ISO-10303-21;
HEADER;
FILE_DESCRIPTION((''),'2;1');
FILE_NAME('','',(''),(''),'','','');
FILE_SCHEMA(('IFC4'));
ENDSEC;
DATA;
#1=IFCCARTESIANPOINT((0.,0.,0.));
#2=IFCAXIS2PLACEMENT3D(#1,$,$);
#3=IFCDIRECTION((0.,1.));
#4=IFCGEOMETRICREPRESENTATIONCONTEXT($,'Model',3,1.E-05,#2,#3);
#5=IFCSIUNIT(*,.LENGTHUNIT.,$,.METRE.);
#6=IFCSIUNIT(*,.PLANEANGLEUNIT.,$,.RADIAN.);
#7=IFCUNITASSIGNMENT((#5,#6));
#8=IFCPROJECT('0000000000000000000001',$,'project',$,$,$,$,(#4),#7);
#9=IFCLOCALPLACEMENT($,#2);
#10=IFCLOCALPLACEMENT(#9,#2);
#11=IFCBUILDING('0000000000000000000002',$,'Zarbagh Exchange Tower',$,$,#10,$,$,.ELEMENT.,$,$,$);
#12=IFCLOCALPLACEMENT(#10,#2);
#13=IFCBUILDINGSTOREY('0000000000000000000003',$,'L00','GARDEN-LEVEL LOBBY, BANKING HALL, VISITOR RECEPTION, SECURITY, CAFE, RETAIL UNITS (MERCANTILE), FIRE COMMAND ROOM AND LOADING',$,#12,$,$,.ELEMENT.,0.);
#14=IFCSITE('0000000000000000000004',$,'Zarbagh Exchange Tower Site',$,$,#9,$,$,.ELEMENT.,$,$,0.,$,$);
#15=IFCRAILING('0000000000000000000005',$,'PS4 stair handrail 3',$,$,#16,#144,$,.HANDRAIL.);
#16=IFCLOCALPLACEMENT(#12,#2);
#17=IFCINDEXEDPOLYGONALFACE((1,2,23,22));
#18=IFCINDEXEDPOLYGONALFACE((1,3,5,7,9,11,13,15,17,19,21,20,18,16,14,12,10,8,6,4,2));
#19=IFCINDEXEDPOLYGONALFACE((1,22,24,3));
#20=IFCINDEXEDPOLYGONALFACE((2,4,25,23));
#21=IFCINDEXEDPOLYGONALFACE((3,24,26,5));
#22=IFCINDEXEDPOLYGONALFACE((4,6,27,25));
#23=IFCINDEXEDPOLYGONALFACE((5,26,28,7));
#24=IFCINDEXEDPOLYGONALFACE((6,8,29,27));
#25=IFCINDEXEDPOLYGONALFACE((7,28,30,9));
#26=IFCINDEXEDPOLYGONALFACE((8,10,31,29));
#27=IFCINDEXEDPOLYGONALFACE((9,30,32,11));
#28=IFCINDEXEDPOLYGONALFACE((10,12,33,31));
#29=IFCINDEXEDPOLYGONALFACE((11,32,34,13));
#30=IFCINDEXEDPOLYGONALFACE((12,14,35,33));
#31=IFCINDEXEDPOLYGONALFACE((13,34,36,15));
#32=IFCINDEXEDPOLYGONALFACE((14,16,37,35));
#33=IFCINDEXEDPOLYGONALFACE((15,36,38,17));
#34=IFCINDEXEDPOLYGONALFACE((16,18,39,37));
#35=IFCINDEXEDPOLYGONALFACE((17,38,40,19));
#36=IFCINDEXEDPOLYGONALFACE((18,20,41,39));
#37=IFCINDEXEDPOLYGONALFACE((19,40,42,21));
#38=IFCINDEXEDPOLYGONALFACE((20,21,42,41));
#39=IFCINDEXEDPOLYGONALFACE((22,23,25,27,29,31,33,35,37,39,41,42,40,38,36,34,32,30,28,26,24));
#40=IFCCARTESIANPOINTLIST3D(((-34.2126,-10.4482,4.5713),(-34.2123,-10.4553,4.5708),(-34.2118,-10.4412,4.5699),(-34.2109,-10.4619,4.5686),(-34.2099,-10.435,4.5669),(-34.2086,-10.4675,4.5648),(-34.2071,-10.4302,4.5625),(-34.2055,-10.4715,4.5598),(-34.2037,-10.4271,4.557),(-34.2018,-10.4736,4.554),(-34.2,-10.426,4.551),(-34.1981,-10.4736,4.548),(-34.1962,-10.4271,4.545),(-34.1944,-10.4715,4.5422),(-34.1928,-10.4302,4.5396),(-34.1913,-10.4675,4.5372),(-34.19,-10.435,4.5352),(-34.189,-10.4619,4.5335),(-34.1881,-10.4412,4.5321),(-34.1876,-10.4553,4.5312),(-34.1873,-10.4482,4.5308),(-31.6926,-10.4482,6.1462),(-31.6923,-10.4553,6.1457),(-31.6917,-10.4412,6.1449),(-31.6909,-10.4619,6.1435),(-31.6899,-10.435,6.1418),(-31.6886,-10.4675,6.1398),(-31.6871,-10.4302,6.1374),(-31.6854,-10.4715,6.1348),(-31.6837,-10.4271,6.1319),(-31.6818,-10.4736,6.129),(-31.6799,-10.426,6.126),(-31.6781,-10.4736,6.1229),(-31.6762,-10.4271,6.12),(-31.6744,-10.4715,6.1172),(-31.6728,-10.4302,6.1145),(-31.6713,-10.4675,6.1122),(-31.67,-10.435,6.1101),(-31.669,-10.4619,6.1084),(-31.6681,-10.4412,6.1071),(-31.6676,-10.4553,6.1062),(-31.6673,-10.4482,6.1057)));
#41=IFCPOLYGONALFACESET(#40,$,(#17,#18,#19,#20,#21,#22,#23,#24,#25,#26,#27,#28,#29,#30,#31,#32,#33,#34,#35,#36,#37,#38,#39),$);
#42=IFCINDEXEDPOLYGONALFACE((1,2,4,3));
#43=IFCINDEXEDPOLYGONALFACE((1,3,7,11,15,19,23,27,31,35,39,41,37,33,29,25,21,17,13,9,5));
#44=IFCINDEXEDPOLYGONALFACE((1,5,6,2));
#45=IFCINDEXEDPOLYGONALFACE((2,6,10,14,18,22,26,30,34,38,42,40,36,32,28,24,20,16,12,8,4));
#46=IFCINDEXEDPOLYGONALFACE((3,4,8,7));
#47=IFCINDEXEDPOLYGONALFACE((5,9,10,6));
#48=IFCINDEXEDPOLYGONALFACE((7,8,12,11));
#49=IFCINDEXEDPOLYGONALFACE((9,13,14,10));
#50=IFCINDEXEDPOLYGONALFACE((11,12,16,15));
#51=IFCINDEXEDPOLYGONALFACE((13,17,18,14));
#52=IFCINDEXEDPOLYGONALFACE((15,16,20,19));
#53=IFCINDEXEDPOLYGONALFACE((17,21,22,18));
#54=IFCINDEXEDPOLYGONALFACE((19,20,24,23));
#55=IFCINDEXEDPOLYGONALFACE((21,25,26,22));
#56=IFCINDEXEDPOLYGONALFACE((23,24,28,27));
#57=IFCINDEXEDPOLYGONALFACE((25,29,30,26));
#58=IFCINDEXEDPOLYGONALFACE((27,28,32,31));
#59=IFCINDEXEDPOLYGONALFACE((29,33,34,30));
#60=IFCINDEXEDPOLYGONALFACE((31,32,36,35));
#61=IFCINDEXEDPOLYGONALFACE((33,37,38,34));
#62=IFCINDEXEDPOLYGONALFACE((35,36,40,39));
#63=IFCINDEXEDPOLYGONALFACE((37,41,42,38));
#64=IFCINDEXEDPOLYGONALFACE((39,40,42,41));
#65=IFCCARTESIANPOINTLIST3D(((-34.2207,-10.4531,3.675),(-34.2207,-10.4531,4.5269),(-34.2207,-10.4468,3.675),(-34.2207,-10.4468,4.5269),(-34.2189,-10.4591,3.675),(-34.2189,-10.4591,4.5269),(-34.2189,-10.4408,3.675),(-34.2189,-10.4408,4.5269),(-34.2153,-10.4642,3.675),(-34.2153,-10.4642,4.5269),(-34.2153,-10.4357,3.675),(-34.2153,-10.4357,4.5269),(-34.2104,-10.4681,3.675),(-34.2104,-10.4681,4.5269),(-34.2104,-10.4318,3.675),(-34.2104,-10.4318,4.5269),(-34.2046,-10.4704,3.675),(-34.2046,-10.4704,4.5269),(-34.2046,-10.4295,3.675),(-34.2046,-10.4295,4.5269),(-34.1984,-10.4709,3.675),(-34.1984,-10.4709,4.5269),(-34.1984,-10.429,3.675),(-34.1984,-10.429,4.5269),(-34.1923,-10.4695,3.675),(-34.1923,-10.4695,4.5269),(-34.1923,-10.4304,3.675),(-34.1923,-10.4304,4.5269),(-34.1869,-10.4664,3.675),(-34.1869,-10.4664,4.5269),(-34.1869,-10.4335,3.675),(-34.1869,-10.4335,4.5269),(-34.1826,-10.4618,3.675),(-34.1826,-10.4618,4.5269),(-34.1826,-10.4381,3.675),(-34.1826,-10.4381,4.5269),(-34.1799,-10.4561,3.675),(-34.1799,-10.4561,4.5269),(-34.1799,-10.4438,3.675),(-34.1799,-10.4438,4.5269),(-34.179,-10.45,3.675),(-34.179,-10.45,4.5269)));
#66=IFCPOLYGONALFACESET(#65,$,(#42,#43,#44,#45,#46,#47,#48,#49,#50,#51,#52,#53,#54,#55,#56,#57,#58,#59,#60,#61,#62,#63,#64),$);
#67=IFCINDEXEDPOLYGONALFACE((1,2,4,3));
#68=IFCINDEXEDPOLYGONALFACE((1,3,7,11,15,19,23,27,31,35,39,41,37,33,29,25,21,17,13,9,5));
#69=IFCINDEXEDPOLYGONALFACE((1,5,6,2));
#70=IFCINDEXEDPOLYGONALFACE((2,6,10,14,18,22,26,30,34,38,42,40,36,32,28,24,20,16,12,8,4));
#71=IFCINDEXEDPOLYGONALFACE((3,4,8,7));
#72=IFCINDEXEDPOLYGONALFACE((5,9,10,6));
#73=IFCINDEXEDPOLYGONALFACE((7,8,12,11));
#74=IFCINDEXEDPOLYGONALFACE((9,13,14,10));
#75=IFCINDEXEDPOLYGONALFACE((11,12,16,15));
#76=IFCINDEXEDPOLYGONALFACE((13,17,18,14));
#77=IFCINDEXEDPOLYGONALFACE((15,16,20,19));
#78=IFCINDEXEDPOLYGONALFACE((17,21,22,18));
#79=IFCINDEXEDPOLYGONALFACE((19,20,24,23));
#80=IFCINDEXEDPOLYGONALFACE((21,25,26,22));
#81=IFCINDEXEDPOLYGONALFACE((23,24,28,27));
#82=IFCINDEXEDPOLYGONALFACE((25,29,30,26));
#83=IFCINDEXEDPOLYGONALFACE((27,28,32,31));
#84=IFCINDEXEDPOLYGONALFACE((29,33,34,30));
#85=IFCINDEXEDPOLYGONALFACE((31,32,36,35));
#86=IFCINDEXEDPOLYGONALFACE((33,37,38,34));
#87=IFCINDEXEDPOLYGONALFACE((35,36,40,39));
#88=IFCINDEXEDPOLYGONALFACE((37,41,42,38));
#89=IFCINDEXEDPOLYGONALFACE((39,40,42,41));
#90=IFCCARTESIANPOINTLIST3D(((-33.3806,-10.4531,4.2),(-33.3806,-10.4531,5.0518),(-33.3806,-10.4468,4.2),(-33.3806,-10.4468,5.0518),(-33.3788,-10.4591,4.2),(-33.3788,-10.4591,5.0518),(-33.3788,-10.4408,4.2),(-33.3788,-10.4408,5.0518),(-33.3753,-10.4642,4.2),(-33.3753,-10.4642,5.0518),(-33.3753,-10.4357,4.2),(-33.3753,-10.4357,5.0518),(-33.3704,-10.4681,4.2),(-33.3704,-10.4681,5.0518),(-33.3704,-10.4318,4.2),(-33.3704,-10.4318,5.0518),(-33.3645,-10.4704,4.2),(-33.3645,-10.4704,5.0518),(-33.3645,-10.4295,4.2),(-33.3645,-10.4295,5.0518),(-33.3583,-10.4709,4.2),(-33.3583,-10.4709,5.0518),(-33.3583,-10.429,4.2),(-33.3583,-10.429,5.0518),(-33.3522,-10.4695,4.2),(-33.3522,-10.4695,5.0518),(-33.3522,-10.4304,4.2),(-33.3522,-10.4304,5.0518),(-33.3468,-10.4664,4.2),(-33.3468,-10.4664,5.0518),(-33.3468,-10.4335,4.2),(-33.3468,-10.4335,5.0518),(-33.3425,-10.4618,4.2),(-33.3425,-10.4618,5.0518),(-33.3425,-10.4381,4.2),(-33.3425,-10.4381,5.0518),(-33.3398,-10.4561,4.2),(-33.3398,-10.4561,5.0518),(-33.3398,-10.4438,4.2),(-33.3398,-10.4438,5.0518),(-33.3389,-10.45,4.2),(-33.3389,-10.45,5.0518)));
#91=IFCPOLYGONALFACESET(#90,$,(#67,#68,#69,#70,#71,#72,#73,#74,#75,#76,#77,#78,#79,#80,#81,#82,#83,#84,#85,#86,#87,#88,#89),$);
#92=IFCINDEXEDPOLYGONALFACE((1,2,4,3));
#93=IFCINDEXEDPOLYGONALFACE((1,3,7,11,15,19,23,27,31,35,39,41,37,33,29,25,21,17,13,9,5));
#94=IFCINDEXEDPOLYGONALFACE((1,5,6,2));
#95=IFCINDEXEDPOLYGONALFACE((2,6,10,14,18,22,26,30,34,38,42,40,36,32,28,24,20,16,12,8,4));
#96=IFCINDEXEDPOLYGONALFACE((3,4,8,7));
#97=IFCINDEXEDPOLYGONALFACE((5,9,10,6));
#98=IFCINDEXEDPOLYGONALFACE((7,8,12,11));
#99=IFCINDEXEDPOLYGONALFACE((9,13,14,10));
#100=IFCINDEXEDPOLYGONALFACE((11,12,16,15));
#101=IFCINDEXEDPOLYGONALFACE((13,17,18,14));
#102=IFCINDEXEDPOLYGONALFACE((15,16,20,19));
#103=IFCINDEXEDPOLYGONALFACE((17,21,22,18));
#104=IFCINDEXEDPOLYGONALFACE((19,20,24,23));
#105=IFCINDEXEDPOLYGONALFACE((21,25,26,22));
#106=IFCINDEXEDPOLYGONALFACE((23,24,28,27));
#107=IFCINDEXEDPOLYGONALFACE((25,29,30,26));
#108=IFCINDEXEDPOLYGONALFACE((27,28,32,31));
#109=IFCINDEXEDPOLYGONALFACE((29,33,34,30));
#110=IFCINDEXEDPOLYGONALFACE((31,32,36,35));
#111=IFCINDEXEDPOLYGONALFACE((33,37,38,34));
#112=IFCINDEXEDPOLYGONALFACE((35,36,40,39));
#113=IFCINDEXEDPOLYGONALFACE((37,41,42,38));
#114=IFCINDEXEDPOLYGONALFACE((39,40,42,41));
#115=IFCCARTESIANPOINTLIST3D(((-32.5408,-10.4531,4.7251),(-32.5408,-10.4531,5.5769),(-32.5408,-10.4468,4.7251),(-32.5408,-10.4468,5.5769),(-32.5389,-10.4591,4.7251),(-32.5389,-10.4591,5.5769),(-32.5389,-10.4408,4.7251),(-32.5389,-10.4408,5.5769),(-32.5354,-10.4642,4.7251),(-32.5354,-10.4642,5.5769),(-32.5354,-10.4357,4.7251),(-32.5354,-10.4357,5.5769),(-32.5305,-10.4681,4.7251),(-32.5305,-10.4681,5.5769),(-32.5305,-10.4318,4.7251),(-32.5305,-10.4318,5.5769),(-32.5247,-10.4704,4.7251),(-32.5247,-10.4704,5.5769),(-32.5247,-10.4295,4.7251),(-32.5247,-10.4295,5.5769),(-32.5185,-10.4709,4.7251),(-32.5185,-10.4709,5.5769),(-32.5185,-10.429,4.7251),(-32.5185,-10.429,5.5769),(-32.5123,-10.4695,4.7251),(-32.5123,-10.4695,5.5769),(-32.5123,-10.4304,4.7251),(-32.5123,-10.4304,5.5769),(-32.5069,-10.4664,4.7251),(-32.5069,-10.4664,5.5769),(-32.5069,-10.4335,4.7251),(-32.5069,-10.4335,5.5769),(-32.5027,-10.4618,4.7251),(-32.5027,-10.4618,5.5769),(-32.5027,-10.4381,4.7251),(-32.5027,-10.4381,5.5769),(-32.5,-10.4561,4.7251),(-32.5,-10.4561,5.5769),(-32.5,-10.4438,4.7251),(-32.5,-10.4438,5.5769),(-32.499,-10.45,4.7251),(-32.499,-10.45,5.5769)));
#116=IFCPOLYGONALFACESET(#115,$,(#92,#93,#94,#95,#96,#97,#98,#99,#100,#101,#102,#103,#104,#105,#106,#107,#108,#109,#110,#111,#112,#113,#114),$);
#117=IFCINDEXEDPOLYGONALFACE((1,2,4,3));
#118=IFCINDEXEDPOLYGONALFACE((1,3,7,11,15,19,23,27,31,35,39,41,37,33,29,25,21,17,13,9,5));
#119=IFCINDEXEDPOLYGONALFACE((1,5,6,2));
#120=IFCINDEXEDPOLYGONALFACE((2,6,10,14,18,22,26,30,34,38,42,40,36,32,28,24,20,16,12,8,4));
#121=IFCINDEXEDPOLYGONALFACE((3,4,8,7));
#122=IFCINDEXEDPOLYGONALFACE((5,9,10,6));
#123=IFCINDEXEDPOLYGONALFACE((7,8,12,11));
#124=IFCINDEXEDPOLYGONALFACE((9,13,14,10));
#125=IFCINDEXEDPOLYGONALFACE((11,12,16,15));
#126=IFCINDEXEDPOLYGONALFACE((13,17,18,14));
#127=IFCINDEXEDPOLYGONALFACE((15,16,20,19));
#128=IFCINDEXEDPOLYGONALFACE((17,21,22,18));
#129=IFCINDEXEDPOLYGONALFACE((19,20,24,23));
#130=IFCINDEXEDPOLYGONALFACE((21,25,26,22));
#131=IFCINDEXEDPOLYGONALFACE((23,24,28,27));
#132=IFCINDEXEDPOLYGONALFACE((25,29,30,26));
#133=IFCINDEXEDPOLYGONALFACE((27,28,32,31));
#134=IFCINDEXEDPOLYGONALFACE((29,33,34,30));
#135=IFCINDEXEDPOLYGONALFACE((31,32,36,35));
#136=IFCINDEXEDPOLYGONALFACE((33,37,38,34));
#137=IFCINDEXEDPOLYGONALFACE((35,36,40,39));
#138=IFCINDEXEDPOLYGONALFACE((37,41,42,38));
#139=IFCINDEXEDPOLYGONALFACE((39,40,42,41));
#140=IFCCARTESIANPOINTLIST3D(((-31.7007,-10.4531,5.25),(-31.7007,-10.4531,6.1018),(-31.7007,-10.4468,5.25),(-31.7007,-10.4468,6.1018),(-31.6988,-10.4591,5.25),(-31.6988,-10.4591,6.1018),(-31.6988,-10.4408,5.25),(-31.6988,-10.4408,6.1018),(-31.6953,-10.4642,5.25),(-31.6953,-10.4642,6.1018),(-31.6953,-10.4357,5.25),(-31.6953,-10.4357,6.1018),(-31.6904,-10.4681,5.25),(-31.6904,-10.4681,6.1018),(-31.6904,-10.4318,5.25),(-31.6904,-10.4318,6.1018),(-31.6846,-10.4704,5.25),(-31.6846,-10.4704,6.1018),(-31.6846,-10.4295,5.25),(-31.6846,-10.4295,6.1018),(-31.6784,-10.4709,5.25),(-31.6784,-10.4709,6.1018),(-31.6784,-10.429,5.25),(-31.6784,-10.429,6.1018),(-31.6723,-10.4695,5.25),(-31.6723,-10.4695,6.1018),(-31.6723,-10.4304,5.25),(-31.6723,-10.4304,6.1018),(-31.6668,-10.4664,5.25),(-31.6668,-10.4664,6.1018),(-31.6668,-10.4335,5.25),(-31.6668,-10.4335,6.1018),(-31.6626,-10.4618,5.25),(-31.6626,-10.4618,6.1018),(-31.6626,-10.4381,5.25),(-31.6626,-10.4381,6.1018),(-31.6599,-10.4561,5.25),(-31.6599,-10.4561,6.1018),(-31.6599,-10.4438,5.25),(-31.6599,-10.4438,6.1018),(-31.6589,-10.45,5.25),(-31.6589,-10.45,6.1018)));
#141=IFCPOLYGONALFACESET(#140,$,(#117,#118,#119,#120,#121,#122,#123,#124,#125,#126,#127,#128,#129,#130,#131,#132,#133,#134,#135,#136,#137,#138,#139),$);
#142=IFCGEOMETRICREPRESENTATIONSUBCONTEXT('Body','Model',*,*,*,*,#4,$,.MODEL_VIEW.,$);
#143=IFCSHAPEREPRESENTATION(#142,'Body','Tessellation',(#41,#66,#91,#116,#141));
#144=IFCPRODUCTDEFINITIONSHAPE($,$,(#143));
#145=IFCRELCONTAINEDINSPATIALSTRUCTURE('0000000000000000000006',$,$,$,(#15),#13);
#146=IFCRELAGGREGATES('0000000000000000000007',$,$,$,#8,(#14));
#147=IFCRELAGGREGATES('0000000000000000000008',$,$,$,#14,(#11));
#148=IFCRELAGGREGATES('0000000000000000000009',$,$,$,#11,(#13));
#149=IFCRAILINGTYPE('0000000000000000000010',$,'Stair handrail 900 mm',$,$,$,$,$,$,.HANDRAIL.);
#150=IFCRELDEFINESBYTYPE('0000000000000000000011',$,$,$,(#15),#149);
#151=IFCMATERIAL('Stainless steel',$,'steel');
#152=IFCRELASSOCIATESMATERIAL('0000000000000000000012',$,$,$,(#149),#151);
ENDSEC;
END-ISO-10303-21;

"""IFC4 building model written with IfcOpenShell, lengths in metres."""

from ifc_helpers import new_model, si_unit, direction, frame, origin, origin_2d, place, context, subcontext, project, spatial, circle, extrude, material, type_object, element, save


model = new_model("IFC4")

# Units and contexts
model_context = context("Model", 3, precision=1e-05, world=origin(), true_north=direction((0.0, 1.0)))
body_context = subcontext(model_context, "Body", "Model", "MODEL_VIEW")
ifc_project = project(units=[si_unit("LENGTHUNIT", "METRE"), si_unit("PLANEANGLEUNIT", "RADIAN")], contexts=[model_context])

# Site, building, storey
site_placement = place(None, origin())
site = spatial("IfcSite", under=ifc_project, at=site_placement, Name="Zarbagh Exchange Tower Site", CompositionType="ELEMENT", RefElevation=0.0)
building_placement = place(site_placement, origin())
building = spatial("IfcBuilding", under=site, at=building_placement, Name="Zarbagh Exchange Tower", CompositionType="ELEMENT")
storey_placement = place(building_placement, origin())
storey = spatial("IfcBuildingStorey", under=building, at=storey_placement, Name="L00", Description="GARDEN-LEVEL LOBBY, BANKING HALL, VISITOR RECEPTION, SECURITY, CAFE, RETAIL UNITS (MERCANTILE), FIRE COMMAND ROOM AND LOADING", CompositionType="ELEMENT", Elevation=0.0)

# Railing
ifc_material_1 = material(Name="Stainless steel", Category="steel")
railing_type_1 = type_object("IfcRailingType", Name="Stair handrail 900 mm", PredefinedType="HANDRAIL", material=ifc_material_1)
for number, where, name in (
    (1, (-34.2, -10.45, 3.675), "PS4 stair handrail 3"),
):
    element("IfcRailing", number, at=place(storey_placement, frame(where)), inside=storey, type_object=railing_type_1, Name=name, PredefinedType="HANDRAIL", context=body_context, shape_type="SweptSolid", body=[
        extrude(circle(Radius=0.0239, at=origin_2d()), frame((0.0, 0.0, 0.876), z_axis=(0.848008, 0.0, 0.529984), x_axis=(0.0, 1.0, 0.0)), (0.0, 0.0, 1.0), 2.9717),
        extrude(circle(Radius=0.021, at=origin_2d()), origin(), (0.0, 0.0, 1.0), 0.8518),
        extrude(circle(Radius=0.021, at=origin_2d()), frame((0.8401, 0.0, 0.5249)), (0.0, 0.0, 1.0), 0.8518),
        extrude(circle(Radius=0.021, at=origin_2d()), frame((1.6799, 0.0, 1.05)), (0.0, 0.0, 1.0), 0.8518),
        extrude(circle(Radius=0.021, at=origin_2d()), frame((2.52, 0.0, 1.575)), (0.0, 0.0, 1.0), 0.8518),
    ])

save(model, "model.ifc")
